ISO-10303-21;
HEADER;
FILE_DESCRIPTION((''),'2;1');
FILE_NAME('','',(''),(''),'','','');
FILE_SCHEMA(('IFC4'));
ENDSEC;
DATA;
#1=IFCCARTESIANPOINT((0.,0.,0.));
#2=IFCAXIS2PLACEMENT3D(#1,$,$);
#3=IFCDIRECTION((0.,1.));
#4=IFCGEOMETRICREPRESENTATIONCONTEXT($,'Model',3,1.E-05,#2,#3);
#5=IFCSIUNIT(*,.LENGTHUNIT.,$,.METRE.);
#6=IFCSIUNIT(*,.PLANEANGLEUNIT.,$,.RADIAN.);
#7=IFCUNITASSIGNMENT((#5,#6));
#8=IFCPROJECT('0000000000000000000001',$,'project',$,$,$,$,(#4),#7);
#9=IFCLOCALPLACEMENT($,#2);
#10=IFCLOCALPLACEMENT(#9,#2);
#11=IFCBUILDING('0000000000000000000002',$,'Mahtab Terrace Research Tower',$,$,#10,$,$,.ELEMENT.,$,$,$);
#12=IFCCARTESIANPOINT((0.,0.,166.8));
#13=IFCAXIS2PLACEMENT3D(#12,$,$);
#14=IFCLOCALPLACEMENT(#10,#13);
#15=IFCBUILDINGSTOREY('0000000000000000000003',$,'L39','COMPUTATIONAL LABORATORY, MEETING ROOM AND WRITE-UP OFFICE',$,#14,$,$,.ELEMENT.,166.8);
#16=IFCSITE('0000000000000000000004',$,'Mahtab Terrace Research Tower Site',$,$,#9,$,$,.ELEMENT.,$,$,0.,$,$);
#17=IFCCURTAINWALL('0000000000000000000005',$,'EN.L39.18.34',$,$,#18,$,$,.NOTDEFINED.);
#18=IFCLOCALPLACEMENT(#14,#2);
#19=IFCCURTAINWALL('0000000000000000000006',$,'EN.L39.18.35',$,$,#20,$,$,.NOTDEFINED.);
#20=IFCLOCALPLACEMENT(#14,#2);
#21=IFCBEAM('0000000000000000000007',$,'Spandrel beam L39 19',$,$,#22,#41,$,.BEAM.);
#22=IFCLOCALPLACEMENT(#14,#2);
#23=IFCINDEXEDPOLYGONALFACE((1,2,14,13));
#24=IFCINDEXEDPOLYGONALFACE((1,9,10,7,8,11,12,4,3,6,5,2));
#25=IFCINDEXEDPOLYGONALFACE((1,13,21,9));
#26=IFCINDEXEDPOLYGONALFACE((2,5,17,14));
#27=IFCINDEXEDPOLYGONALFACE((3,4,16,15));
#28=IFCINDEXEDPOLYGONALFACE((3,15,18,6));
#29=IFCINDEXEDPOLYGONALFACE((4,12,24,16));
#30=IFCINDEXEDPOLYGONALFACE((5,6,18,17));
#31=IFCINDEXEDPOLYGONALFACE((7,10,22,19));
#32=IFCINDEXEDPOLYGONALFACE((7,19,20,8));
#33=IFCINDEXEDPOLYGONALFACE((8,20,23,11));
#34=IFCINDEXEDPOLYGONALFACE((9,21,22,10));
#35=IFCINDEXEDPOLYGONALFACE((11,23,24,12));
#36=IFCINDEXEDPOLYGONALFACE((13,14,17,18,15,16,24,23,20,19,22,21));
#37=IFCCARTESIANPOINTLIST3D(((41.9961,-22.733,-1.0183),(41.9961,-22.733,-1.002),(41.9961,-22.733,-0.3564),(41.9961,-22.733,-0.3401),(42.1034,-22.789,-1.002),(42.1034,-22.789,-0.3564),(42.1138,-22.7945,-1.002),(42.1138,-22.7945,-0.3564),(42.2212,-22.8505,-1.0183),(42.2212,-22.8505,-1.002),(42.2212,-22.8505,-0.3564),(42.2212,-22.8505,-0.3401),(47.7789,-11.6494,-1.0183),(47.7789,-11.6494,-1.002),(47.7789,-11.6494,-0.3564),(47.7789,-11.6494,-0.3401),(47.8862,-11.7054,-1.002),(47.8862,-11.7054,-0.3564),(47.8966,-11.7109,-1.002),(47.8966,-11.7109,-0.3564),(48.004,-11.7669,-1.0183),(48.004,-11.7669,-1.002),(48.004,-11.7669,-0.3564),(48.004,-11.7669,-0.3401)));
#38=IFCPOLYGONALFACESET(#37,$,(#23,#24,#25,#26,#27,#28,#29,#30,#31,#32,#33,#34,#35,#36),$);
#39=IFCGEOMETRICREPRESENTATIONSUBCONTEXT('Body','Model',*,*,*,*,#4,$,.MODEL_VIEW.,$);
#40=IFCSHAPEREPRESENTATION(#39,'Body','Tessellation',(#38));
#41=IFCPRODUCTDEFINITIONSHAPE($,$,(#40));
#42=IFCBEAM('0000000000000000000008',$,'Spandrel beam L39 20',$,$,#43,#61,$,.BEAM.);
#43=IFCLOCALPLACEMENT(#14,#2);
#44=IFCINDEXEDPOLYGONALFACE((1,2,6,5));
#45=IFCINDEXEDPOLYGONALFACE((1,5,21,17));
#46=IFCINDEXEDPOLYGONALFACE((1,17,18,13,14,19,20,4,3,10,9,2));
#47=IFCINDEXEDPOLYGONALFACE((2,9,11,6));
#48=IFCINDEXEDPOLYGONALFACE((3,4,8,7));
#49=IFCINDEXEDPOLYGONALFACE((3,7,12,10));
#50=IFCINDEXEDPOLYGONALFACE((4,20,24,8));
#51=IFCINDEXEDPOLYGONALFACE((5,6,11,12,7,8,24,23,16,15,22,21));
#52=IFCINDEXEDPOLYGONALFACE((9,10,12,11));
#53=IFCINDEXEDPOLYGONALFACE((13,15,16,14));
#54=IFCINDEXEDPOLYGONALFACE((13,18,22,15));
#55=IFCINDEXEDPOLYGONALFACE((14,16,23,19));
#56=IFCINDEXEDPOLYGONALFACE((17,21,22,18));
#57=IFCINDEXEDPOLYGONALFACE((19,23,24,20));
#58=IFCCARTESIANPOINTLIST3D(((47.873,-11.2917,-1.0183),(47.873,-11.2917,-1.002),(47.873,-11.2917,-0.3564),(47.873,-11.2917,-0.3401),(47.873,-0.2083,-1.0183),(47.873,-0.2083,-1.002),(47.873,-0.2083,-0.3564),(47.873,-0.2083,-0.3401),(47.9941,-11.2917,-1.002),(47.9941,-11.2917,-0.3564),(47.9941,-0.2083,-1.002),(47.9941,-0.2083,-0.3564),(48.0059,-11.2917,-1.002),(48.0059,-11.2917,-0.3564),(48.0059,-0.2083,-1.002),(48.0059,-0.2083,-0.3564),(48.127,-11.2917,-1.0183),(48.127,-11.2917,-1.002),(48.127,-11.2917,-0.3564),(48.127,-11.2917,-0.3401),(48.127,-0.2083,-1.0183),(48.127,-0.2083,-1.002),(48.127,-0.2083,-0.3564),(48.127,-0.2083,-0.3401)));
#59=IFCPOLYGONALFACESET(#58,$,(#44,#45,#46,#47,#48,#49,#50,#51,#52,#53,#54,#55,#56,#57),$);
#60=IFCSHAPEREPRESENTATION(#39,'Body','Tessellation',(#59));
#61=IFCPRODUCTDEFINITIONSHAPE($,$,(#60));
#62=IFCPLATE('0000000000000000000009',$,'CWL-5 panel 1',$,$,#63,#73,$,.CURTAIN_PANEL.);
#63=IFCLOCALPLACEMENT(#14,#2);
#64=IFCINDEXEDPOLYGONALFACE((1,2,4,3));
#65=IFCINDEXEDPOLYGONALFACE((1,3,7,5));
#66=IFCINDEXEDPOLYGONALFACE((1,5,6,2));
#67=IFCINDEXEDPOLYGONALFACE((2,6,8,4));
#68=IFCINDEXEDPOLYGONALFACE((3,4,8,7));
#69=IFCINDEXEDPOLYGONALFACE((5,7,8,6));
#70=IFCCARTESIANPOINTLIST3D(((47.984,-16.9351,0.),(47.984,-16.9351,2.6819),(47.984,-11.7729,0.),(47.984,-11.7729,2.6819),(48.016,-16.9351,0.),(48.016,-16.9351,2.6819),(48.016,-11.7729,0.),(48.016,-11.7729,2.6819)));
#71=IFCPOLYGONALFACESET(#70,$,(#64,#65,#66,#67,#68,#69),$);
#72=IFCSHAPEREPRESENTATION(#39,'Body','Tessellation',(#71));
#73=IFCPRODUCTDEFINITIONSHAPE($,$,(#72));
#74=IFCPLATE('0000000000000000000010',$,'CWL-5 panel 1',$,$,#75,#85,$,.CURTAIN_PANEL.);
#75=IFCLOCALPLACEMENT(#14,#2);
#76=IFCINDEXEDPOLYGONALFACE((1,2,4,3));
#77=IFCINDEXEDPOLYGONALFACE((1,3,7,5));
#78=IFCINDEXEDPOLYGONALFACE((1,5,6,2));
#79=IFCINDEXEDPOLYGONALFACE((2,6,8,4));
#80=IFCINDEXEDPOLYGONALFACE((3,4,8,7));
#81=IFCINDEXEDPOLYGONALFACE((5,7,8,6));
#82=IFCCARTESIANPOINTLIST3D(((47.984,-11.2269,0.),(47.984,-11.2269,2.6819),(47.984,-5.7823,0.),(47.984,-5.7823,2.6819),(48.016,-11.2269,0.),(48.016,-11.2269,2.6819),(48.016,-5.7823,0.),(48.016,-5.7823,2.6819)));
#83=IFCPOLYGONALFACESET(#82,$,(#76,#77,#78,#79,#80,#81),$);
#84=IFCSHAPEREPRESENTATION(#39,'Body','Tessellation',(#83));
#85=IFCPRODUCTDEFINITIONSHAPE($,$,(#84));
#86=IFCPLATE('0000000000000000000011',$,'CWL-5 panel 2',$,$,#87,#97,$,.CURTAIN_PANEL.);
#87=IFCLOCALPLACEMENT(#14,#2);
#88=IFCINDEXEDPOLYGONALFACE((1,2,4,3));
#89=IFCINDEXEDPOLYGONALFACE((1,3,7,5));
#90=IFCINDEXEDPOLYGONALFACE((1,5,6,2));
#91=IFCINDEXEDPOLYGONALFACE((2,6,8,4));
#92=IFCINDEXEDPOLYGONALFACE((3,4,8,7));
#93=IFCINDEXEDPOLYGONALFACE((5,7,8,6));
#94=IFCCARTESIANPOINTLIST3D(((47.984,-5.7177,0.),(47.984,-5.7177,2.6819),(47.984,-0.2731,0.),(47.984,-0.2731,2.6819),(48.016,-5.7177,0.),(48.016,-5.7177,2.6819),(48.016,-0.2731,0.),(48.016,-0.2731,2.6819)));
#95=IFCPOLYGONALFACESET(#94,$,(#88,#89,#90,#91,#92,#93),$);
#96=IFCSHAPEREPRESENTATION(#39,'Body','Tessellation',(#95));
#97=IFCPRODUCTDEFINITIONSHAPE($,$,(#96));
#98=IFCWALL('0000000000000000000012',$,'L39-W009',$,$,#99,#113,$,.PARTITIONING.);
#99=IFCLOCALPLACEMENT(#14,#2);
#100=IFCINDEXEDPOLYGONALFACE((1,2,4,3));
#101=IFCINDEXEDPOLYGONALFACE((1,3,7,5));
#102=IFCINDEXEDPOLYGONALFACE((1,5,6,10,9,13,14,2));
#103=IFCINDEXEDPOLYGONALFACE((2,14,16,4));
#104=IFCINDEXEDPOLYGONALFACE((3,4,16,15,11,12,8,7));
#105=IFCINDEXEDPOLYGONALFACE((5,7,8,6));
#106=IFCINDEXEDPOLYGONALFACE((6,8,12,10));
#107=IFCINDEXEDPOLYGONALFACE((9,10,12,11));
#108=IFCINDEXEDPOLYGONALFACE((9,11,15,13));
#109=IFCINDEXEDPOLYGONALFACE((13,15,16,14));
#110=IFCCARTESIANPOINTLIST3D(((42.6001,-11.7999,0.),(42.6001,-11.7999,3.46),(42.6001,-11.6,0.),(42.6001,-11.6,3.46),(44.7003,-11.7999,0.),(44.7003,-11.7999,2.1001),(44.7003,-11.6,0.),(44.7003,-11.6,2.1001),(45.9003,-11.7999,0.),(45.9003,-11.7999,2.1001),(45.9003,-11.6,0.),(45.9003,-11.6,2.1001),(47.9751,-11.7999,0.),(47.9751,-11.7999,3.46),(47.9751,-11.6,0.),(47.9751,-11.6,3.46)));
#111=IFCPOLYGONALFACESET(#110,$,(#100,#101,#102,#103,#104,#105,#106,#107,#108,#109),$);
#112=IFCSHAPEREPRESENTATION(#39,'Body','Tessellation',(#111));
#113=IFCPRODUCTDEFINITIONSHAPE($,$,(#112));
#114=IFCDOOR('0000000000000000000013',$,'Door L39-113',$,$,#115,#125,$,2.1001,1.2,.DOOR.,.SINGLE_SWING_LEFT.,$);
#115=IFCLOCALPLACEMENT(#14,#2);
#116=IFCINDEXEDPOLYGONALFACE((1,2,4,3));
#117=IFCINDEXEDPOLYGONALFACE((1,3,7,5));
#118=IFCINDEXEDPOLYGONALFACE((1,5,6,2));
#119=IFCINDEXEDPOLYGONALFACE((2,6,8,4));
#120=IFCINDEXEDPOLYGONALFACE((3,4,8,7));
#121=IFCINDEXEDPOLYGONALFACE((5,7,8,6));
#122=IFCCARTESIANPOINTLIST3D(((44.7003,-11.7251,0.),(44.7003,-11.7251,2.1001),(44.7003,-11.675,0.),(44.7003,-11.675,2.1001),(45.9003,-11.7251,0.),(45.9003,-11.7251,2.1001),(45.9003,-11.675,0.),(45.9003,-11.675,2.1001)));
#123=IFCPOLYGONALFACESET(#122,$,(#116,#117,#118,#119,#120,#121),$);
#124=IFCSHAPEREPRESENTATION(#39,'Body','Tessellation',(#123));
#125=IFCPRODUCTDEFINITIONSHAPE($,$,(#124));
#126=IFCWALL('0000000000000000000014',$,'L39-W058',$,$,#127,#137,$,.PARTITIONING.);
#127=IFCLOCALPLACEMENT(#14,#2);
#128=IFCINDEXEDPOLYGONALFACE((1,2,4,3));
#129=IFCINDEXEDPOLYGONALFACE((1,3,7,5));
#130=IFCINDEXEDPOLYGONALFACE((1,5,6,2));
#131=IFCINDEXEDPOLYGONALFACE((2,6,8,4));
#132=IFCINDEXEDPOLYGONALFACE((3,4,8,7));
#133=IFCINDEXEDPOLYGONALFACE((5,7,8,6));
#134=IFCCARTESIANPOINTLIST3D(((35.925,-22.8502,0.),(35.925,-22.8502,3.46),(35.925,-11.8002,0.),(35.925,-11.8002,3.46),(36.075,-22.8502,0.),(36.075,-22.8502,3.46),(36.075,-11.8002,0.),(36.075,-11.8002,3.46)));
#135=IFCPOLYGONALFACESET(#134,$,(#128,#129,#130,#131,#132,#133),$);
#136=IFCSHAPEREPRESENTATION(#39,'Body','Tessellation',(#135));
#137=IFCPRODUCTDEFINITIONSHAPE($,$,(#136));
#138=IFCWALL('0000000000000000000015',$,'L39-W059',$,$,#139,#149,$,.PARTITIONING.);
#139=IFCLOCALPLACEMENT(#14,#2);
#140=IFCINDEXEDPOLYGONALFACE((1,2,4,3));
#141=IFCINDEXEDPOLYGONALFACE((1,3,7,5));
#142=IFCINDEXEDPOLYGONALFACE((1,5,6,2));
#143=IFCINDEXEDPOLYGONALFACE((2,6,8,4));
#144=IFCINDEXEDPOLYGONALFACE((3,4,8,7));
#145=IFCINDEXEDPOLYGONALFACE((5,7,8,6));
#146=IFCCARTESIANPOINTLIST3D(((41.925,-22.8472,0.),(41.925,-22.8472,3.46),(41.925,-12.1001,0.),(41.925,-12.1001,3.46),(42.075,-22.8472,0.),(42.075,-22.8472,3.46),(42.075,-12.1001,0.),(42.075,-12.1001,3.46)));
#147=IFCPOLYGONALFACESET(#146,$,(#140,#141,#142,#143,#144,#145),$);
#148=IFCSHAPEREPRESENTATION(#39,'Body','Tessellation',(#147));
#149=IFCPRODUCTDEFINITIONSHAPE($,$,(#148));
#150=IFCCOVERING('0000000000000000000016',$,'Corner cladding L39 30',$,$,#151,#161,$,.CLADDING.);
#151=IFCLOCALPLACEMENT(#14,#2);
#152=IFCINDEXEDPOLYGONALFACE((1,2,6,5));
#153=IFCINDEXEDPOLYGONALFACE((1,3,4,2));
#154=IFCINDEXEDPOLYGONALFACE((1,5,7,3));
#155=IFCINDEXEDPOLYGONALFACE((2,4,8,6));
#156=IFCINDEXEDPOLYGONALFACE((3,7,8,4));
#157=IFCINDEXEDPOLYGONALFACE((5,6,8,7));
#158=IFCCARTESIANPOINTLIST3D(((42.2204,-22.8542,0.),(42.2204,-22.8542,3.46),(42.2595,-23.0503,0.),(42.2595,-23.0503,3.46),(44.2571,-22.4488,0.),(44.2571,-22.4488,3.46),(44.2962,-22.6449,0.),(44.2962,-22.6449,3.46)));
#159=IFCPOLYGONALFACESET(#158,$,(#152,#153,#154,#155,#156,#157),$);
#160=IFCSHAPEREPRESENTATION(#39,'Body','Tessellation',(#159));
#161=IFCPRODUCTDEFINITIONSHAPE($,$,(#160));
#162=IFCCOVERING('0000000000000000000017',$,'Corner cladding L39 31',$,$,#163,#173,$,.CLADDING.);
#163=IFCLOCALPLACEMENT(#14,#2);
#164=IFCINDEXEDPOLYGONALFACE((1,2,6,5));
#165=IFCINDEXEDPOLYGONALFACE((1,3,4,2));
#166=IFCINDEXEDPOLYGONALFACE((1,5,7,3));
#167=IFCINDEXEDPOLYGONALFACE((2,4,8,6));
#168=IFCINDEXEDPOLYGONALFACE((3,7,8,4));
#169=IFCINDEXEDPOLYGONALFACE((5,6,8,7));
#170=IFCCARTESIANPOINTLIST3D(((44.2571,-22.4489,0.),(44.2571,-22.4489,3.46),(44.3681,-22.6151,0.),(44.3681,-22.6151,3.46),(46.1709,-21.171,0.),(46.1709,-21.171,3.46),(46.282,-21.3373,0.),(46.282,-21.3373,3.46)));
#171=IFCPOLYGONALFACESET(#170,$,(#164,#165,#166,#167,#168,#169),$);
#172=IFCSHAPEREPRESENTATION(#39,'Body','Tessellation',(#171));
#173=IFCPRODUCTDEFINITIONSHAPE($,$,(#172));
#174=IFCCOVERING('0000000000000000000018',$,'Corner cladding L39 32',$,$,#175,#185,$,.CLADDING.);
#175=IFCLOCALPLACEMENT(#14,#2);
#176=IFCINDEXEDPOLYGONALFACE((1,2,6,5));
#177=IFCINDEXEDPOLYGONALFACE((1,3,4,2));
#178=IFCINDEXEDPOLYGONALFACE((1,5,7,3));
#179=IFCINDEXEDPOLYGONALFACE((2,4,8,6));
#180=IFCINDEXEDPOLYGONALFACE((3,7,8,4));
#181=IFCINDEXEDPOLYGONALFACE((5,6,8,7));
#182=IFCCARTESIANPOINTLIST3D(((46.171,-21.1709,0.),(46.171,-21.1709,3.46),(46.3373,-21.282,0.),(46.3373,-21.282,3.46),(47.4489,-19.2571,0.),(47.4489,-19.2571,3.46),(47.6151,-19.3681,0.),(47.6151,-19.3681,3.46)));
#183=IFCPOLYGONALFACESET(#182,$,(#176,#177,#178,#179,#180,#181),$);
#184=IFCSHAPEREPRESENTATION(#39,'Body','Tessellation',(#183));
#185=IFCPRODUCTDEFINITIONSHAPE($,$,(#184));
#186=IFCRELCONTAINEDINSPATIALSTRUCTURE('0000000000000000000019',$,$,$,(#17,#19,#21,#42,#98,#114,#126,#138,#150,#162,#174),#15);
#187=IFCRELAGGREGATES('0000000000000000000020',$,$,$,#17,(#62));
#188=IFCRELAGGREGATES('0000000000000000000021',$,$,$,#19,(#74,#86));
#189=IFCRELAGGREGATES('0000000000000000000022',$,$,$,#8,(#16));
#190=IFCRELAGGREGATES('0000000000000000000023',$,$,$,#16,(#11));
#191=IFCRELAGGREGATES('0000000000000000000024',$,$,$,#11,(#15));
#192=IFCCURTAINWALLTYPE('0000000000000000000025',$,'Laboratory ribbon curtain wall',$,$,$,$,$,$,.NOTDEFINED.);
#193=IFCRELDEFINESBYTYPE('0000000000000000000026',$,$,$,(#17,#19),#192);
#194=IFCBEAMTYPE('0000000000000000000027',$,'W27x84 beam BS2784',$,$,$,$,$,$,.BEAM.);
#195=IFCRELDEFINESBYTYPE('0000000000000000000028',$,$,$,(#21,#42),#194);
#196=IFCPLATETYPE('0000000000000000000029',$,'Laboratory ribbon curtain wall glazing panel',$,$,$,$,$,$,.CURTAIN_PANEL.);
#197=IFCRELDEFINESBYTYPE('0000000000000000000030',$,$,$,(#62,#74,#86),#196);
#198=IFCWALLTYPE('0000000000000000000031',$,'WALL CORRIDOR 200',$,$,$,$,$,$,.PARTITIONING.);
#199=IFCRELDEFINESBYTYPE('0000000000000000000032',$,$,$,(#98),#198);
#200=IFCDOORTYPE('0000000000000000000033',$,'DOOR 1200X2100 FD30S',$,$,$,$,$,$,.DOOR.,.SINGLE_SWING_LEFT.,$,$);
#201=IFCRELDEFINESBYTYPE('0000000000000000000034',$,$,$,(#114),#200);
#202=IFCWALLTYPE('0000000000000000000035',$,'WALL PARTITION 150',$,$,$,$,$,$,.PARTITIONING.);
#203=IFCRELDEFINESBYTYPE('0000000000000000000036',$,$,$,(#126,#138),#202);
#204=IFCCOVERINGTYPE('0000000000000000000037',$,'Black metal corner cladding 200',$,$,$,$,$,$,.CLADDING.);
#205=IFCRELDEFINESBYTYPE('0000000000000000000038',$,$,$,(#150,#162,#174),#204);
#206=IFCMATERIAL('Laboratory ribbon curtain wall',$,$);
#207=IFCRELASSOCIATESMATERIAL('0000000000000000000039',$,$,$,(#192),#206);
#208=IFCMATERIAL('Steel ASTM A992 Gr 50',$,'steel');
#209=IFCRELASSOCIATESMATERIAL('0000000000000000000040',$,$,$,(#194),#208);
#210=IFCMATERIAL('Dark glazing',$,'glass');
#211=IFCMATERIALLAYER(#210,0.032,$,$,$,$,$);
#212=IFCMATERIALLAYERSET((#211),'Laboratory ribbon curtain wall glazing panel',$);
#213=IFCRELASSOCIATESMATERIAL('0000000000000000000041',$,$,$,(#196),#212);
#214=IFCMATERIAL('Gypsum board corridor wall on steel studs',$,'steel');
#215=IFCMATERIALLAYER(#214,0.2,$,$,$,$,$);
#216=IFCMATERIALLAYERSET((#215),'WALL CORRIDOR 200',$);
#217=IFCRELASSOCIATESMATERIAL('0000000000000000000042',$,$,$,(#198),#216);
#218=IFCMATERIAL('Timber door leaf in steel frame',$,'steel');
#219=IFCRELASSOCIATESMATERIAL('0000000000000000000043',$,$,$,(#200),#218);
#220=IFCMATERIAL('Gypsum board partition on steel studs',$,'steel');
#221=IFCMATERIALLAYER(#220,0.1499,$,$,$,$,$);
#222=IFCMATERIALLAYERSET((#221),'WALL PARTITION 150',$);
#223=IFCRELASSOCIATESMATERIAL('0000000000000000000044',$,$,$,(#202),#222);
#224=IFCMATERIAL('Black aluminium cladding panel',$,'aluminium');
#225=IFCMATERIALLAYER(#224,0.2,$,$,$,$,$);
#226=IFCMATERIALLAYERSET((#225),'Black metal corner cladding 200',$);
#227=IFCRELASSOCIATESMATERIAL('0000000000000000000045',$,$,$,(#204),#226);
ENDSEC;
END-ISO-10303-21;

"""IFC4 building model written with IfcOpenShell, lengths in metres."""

from ifc_helpers import new_model, si_unit, direction, frame, frame_2d, origin, origin_2d, place, context, subcontext, project, spatial, rectangle, i_section, extrude, material, layer, layer_set, material_profile, profile_set, type_object, element, fill, aggregate, save


model = new_model("IFC4")

# Units and contexts
model_context = context("Model", 3, precision=1e-05, world=origin(), true_north=direction((0.0, 1.0)))
body_context = subcontext(model_context, "Body", "Model", "MODEL_VIEW")
ifc_project = project(units=[si_unit("LENGTHUNIT", "METRE"), si_unit("PLANEANGLEUNIT", "RADIAN")], contexts=[model_context])

# Site, building, storey
site_placement = place(None, origin())
site = spatial("IfcSite", under=ifc_project, at=site_placement, Name="Mahtab Terrace Research Tower Site", CompositionType="ELEMENT", RefElevation=0.0)
building_placement = place(site_placement, origin())
building = spatial("IfcBuilding", under=site, at=building_placement, Name="Mahtab Terrace Research Tower", CompositionType="ELEMENT")
storey_placement = place(building_placement, frame((0.0, 0.0, 166.8)))
storey = spatial("IfcBuildingStorey", under=building, at=storey_placement, Name="L39", Description="COMPUTATIONAL LABORATORY, MEETING ROOM AND WRITE-UP OFFICE", CompositionType="ELEMENT", Elevation=166.8)

# Shared definitions
ifc_material_1 = material(Name="Steel ASTM A992 Gr 50", Category="steel")

# Curtain walls
ifc_material_2 = material(Name="Laboratory ribbon curtain wall")
curtain_wall_type = type_object("IfcCurtainWallType", Name="Laboratory ribbon curtain wall", PredefinedType="NOTDEFINED", material=ifc_material_2)
curtain_wall_1_placement = place(storey_placement, origin())
curtain_wall_1 = element("IfcCurtainWall", 1, at=curtain_wall_1_placement, inside=storey, type_object=curtain_wall_type, Name="EN.L39.18.34", PredefinedType="NOTDEFINED")
curtain_wall_2_placement = place(storey_placement, origin())
curtain_wall_2 = element("IfcCurtainWall", 2, at=curtain_wall_2_placement, inside=storey, type_object=curtain_wall_type, Name="EN.L39.18.35", PredefinedType="NOTDEFINED")

# Beams
ifc_material_profile_1 = material_profile(ifc_material_1, i_section(OverallWidth=0.2539, OverallDepth=0.6782, WebThickness=0.0117, FlangeThickness=0.0164, at=origin_2d()), Name="W27X84")
ifc_profile_set_1 = profile_set([ifc_material_profile_1], Name="Steel ASTM A992 Gr 50")
beam_type = type_object("IfcBeamType", Name="W27x84 beam BS2784", PredefinedType="BEAM", material=ifc_profile_set_1)
beam_1_placement = place(storey_placement, frame((42.1086, -22.7917, -0.6792), z_axis=(0.462567, 0.886584, 0.0), x_axis=(-0.886584, 0.462567, 0.0)))
element("IfcBeam", 3, at=beam_1_placement, inside=storey, type_object=beam_type, Name="Spandrel beam L39 19", PredefinedType="BEAM", context=body_context, shape_type="SweptSolid", body=[
    extrude(i_section(OverallWidth=0.2539, OverallDepth=0.6782, WebThickness=0.0117, FlangeThickness=0.0164, at=origin_2d()), origin(), (0.0, 0.0, 1.0), 12.5015),
])
beam_2_placement = place(storey_placement, frame((48.0, -11.2917, -0.6792), z_axis=(0.0, 1.0, 0.0), x_axis=(-1.0, 0.0, 0.0)))
element("IfcBeam", 4, at=beam_2_placement, inside=storey, type_object=beam_type, Name="Spandrel beam L39 20", PredefinedType="BEAM", context=body_context, shape_type="SweptSolid", body=[
    extrude(i_section(OverallWidth=0.2539, OverallDepth=0.6782, WebThickness=0.0117, FlangeThickness=0.0164, at=origin_2d()), origin(), (0.0, 0.0, 1.0), 11.0835),
])

# Plates
ifc_material_3 = material(Name="Dark glazing", Category="glass")
ifc_layer_1 = layer(ifc_material_3, 0.032)
ifc_layer_set_1 = layer_set([ifc_layer_1], Name="Laboratory ribbon curtain wall glazing panel")
plate_type = type_object("IfcPlateType", Name="Laboratory ribbon curtain wall glazing panel", PredefinedType="CURTAIN_PANEL", material=ifc_layer_set_1)
plate_1_placement = place(storey_placement, frame((48.0, -14.354, 0.0), z_axis=(0.0, 0.0, 1.0), x_axis=(0.0, 1.0, 0.0)))
plate_1 = element("IfcPlate", 5, at=plate_1_placement, type_object=plate_type, Name="CWL-5 panel 1", PredefinedType="CURTAIN_PANEL", context=body_context, shape_type="SweptSolid", body=[
    extrude(rectangle(XDim=5.1621, YDim=0.032, at=origin_2d()), origin(), (0.0, 0.0, 1.0), 2.6819),
])
aggregate(curtain_wall_1, [plate_1])
plate_2_placement = place(storey_placement, frame((48.0, -8.5046, 0.0), z_axis=(0.0, 0.0, 1.0), x_axis=(0.0, 1.0, 0.0)))
plate_2 = element("IfcPlate", 6, at=plate_2_placement, type_object=plate_type, Name="CWL-5 panel 1", PredefinedType="CURTAIN_PANEL", context=body_context, shape_type="SweptSolid", body=[
    extrude(rectangle(XDim=5.4446, YDim=0.032, at=origin_2d()), origin(), (0.0, 0.0, 1.0), 2.6819),
])
plate_3_placement = place(storey_placement, frame((48.0, -2.9954, 0.0), z_axis=(0.0, 0.0, 1.0), x_axis=(0.0, 1.0, 0.0)))
plate_3 = element("IfcPlate", 7, at=plate_3_placement, type_object=plate_type, Name="CWL-5 panel 2", PredefinedType="CURTAIN_PANEL", context=body_context, shape_type="SweptSolid", body=[
    extrude(rectangle(XDim=5.4446, YDim=0.032, at=origin_2d()), origin(), (0.0, 0.0, 1.0), 2.6819),
])
aggregate(curtain_wall_2, [plate_2, plate_3])

# Wall, opening, door
ifc_material_4 = material(Name="Gypsum board corridor wall on steel studs", Category="steel")
ifc_layer_2 = layer(ifc_material_4, 0.2)
ifc_layer_set_2 = layer_set([ifc_layer_2], Name="WALL CORRIDOR 200")
wall_type_1 = type_object("IfcWallType", Name="WALL CORRIDOR 200", PredefinedType="PARTITIONING", material=ifc_layer_set_2)
wall_1_placement = place(storey_placement, frame((42.6001, -11.7, 0.0), z_axis=(0.0, 0.0, 1.0), x_axis=(1.0, 0.0, 0.0)))
wall_1 = element("IfcWall", 8, at=wall_1_placement, inside=storey, type_object=wall_type_1, Name="L39-W009", PredefinedType="PARTITIONING", context=body_context, shape_type="SweptSolid", body=[
    extrude(rectangle(XDim=5.375, YDim=0.2, at=frame_2d((2.6875, 0.0))), origin(), (0.0, 0.0, 1.0), 3.46),
])
opening_placement = place(wall_1_placement, frame((2.1001, 0.0, 0.0)))
opening = element("IfcOpeningElement", 9, at=opening_placement, cuts=wall_1, PredefinedType="OPENING", context=body_context, shape_type="SweptSolid", body=[
    extrude(rectangle(XDim=1.2, YDim=2.1001, at=frame_2d((0.6001, 1.05))), frame((0.0, 0.1099, 0.0), z_axis=(0.0, -1.0, 0.0), x_axis=(1.0, 0.0, 0.0)), (0.0, 0.0, 1.0), 0.22),
])
ifc_material_5 = material(Name="Timber door leaf in steel frame", Category="steel")
door_type = type_object("IfcDoorType", Name="DOOR 1200X2100 FD30S", OperationType="SINGLE_SWING_LEFT", PredefinedType="DOOR", material=ifc_material_5)
door_placement = place(opening_placement, origin())
door = element("IfcDoor", 10, at=door_placement, inside=storey, type_object=door_type, Name="Door L39-113", OperationType="SINGLE_SWING_LEFT", OverallHeight=2.1001, OverallWidth=1.2, PredefinedType="DOOR", context=body_context, shape_type="SweptSolid", body=[
    extrude(rectangle(XDim=1.2, YDim=2.1001, at=frame_2d((0.6001, 1.05))), frame((0.0, 0.0249, 0.0), z_axis=(0.0, -1.0, 0.0), x_axis=(1.0, 0.0, 0.0)), (0.0, 0.0, 1.0), 0.05),
])
fill(opening, door)

# Walls
ifc_material_6 = material(Name="Gypsum board partition on steel studs", Category="steel")
ifc_layer_3 = layer(ifc_material_6, 0.1499)
ifc_layer_set_3 = layer_set([ifc_layer_3], Name="WALL PARTITION 150")
wall_type_2 = type_object("IfcWallType", Name="WALL PARTITION 150", PredefinedType="PARTITIONING", material=ifc_layer_set_3)
wall_2_placement = place(storey_placement, frame((36.0, -22.8501, 0.0), z_axis=(0.0, 0.0, 1.0), x_axis=(0.0, 1.0, 0.0)))
element("IfcWall", 11, at=wall_2_placement, inside=storey, type_object=wall_type_2, Name="L39-W058", PredefinedType="PARTITIONING", context=body_context, shape_type="SweptSolid", body=[
    extrude(rectangle(XDim=11.05, YDim=0.1499, at=frame_2d((5.5249, 0.0))), origin(), (0.0, 0.0, 1.0), 3.46),
])
wall_3_placement = place(storey_placement, frame((42.0, -22.8472, 0.0), z_axis=(0.0, 0.0, 1.0), x_axis=(0.0, 1.0, 0.0)))
element("IfcWall", 12, at=wall_3_placement, inside=storey, type_object=wall_type_2, Name="L39-W059", PredefinedType="PARTITIONING", context=body_context, shape_type="SweptSolid", body=[
    extrude(rectangle(XDim=10.7471, YDim=0.1499, at=frame_2d((5.3735, 0.0))), origin(), (0.0, 0.0, 1.0), 3.46),
])

# Coverings
ifc_material_7 = material(Name="Black aluminium cladding panel", Category="aluminium")
ifc_layer_4 = layer(ifc_material_7, 0.2)
ifc_layer_set_4 = layer_set([ifc_layer_4], Name="Black metal corner cladding 200")
covering_type = type_object("IfcCoveringType", Name="Black metal corner cladding 200", PredefinedType="CLADDING", material=ifc_layer_set_4)
covering_placement = place(storey_placement, frame((43.2583, -22.7495, 0.0), z_axis=(0.0, 0.0, 1.0), x_axis=(0.980761, 0.195212, 0.0)))
element("IfcCovering", 13, at=covering_placement, inside=storey, type_object=covering_type, Name="Corner cladding L39 30", PredefinedType="CLADDING", context=body_context, shape_type="SweptSolid", body=[
    extrude(rectangle(XDim=2.0767, YDim=0.2, at=origin_2d()), origin(), (0.0, 0.0, 1.0), 3.46),
])
for number, where, z_axis, x_axis, name in (
    (14, (45.2695, -21.8931, 0.0), (0.0, 0.0, 1.0), (0.831656, 0.555291, 0.0), "Corner cladding L39 31"),
    (15, (46.8931, -20.2695, 0.0), (0.0, 0.0, 1.0), (0.555291, 0.831656, 0.0), "Corner cladding L39 32"),
):
    element("IfcCovering", number, at=place(storey_placement, frame(where, z_axis=z_axis, x_axis=x_axis)), inside=storey, type_object=covering_type, Name=name, PredefinedType="CLADDING", context=body_context, shape_type="SweptSolid", body=[
        extrude(rectangle(XDim=2.3013, YDim=0.2, at=origin_2d()), origin(), (0.0, 0.0, 1.0), 3.46),
    ])

save(model, "model.ifc")
